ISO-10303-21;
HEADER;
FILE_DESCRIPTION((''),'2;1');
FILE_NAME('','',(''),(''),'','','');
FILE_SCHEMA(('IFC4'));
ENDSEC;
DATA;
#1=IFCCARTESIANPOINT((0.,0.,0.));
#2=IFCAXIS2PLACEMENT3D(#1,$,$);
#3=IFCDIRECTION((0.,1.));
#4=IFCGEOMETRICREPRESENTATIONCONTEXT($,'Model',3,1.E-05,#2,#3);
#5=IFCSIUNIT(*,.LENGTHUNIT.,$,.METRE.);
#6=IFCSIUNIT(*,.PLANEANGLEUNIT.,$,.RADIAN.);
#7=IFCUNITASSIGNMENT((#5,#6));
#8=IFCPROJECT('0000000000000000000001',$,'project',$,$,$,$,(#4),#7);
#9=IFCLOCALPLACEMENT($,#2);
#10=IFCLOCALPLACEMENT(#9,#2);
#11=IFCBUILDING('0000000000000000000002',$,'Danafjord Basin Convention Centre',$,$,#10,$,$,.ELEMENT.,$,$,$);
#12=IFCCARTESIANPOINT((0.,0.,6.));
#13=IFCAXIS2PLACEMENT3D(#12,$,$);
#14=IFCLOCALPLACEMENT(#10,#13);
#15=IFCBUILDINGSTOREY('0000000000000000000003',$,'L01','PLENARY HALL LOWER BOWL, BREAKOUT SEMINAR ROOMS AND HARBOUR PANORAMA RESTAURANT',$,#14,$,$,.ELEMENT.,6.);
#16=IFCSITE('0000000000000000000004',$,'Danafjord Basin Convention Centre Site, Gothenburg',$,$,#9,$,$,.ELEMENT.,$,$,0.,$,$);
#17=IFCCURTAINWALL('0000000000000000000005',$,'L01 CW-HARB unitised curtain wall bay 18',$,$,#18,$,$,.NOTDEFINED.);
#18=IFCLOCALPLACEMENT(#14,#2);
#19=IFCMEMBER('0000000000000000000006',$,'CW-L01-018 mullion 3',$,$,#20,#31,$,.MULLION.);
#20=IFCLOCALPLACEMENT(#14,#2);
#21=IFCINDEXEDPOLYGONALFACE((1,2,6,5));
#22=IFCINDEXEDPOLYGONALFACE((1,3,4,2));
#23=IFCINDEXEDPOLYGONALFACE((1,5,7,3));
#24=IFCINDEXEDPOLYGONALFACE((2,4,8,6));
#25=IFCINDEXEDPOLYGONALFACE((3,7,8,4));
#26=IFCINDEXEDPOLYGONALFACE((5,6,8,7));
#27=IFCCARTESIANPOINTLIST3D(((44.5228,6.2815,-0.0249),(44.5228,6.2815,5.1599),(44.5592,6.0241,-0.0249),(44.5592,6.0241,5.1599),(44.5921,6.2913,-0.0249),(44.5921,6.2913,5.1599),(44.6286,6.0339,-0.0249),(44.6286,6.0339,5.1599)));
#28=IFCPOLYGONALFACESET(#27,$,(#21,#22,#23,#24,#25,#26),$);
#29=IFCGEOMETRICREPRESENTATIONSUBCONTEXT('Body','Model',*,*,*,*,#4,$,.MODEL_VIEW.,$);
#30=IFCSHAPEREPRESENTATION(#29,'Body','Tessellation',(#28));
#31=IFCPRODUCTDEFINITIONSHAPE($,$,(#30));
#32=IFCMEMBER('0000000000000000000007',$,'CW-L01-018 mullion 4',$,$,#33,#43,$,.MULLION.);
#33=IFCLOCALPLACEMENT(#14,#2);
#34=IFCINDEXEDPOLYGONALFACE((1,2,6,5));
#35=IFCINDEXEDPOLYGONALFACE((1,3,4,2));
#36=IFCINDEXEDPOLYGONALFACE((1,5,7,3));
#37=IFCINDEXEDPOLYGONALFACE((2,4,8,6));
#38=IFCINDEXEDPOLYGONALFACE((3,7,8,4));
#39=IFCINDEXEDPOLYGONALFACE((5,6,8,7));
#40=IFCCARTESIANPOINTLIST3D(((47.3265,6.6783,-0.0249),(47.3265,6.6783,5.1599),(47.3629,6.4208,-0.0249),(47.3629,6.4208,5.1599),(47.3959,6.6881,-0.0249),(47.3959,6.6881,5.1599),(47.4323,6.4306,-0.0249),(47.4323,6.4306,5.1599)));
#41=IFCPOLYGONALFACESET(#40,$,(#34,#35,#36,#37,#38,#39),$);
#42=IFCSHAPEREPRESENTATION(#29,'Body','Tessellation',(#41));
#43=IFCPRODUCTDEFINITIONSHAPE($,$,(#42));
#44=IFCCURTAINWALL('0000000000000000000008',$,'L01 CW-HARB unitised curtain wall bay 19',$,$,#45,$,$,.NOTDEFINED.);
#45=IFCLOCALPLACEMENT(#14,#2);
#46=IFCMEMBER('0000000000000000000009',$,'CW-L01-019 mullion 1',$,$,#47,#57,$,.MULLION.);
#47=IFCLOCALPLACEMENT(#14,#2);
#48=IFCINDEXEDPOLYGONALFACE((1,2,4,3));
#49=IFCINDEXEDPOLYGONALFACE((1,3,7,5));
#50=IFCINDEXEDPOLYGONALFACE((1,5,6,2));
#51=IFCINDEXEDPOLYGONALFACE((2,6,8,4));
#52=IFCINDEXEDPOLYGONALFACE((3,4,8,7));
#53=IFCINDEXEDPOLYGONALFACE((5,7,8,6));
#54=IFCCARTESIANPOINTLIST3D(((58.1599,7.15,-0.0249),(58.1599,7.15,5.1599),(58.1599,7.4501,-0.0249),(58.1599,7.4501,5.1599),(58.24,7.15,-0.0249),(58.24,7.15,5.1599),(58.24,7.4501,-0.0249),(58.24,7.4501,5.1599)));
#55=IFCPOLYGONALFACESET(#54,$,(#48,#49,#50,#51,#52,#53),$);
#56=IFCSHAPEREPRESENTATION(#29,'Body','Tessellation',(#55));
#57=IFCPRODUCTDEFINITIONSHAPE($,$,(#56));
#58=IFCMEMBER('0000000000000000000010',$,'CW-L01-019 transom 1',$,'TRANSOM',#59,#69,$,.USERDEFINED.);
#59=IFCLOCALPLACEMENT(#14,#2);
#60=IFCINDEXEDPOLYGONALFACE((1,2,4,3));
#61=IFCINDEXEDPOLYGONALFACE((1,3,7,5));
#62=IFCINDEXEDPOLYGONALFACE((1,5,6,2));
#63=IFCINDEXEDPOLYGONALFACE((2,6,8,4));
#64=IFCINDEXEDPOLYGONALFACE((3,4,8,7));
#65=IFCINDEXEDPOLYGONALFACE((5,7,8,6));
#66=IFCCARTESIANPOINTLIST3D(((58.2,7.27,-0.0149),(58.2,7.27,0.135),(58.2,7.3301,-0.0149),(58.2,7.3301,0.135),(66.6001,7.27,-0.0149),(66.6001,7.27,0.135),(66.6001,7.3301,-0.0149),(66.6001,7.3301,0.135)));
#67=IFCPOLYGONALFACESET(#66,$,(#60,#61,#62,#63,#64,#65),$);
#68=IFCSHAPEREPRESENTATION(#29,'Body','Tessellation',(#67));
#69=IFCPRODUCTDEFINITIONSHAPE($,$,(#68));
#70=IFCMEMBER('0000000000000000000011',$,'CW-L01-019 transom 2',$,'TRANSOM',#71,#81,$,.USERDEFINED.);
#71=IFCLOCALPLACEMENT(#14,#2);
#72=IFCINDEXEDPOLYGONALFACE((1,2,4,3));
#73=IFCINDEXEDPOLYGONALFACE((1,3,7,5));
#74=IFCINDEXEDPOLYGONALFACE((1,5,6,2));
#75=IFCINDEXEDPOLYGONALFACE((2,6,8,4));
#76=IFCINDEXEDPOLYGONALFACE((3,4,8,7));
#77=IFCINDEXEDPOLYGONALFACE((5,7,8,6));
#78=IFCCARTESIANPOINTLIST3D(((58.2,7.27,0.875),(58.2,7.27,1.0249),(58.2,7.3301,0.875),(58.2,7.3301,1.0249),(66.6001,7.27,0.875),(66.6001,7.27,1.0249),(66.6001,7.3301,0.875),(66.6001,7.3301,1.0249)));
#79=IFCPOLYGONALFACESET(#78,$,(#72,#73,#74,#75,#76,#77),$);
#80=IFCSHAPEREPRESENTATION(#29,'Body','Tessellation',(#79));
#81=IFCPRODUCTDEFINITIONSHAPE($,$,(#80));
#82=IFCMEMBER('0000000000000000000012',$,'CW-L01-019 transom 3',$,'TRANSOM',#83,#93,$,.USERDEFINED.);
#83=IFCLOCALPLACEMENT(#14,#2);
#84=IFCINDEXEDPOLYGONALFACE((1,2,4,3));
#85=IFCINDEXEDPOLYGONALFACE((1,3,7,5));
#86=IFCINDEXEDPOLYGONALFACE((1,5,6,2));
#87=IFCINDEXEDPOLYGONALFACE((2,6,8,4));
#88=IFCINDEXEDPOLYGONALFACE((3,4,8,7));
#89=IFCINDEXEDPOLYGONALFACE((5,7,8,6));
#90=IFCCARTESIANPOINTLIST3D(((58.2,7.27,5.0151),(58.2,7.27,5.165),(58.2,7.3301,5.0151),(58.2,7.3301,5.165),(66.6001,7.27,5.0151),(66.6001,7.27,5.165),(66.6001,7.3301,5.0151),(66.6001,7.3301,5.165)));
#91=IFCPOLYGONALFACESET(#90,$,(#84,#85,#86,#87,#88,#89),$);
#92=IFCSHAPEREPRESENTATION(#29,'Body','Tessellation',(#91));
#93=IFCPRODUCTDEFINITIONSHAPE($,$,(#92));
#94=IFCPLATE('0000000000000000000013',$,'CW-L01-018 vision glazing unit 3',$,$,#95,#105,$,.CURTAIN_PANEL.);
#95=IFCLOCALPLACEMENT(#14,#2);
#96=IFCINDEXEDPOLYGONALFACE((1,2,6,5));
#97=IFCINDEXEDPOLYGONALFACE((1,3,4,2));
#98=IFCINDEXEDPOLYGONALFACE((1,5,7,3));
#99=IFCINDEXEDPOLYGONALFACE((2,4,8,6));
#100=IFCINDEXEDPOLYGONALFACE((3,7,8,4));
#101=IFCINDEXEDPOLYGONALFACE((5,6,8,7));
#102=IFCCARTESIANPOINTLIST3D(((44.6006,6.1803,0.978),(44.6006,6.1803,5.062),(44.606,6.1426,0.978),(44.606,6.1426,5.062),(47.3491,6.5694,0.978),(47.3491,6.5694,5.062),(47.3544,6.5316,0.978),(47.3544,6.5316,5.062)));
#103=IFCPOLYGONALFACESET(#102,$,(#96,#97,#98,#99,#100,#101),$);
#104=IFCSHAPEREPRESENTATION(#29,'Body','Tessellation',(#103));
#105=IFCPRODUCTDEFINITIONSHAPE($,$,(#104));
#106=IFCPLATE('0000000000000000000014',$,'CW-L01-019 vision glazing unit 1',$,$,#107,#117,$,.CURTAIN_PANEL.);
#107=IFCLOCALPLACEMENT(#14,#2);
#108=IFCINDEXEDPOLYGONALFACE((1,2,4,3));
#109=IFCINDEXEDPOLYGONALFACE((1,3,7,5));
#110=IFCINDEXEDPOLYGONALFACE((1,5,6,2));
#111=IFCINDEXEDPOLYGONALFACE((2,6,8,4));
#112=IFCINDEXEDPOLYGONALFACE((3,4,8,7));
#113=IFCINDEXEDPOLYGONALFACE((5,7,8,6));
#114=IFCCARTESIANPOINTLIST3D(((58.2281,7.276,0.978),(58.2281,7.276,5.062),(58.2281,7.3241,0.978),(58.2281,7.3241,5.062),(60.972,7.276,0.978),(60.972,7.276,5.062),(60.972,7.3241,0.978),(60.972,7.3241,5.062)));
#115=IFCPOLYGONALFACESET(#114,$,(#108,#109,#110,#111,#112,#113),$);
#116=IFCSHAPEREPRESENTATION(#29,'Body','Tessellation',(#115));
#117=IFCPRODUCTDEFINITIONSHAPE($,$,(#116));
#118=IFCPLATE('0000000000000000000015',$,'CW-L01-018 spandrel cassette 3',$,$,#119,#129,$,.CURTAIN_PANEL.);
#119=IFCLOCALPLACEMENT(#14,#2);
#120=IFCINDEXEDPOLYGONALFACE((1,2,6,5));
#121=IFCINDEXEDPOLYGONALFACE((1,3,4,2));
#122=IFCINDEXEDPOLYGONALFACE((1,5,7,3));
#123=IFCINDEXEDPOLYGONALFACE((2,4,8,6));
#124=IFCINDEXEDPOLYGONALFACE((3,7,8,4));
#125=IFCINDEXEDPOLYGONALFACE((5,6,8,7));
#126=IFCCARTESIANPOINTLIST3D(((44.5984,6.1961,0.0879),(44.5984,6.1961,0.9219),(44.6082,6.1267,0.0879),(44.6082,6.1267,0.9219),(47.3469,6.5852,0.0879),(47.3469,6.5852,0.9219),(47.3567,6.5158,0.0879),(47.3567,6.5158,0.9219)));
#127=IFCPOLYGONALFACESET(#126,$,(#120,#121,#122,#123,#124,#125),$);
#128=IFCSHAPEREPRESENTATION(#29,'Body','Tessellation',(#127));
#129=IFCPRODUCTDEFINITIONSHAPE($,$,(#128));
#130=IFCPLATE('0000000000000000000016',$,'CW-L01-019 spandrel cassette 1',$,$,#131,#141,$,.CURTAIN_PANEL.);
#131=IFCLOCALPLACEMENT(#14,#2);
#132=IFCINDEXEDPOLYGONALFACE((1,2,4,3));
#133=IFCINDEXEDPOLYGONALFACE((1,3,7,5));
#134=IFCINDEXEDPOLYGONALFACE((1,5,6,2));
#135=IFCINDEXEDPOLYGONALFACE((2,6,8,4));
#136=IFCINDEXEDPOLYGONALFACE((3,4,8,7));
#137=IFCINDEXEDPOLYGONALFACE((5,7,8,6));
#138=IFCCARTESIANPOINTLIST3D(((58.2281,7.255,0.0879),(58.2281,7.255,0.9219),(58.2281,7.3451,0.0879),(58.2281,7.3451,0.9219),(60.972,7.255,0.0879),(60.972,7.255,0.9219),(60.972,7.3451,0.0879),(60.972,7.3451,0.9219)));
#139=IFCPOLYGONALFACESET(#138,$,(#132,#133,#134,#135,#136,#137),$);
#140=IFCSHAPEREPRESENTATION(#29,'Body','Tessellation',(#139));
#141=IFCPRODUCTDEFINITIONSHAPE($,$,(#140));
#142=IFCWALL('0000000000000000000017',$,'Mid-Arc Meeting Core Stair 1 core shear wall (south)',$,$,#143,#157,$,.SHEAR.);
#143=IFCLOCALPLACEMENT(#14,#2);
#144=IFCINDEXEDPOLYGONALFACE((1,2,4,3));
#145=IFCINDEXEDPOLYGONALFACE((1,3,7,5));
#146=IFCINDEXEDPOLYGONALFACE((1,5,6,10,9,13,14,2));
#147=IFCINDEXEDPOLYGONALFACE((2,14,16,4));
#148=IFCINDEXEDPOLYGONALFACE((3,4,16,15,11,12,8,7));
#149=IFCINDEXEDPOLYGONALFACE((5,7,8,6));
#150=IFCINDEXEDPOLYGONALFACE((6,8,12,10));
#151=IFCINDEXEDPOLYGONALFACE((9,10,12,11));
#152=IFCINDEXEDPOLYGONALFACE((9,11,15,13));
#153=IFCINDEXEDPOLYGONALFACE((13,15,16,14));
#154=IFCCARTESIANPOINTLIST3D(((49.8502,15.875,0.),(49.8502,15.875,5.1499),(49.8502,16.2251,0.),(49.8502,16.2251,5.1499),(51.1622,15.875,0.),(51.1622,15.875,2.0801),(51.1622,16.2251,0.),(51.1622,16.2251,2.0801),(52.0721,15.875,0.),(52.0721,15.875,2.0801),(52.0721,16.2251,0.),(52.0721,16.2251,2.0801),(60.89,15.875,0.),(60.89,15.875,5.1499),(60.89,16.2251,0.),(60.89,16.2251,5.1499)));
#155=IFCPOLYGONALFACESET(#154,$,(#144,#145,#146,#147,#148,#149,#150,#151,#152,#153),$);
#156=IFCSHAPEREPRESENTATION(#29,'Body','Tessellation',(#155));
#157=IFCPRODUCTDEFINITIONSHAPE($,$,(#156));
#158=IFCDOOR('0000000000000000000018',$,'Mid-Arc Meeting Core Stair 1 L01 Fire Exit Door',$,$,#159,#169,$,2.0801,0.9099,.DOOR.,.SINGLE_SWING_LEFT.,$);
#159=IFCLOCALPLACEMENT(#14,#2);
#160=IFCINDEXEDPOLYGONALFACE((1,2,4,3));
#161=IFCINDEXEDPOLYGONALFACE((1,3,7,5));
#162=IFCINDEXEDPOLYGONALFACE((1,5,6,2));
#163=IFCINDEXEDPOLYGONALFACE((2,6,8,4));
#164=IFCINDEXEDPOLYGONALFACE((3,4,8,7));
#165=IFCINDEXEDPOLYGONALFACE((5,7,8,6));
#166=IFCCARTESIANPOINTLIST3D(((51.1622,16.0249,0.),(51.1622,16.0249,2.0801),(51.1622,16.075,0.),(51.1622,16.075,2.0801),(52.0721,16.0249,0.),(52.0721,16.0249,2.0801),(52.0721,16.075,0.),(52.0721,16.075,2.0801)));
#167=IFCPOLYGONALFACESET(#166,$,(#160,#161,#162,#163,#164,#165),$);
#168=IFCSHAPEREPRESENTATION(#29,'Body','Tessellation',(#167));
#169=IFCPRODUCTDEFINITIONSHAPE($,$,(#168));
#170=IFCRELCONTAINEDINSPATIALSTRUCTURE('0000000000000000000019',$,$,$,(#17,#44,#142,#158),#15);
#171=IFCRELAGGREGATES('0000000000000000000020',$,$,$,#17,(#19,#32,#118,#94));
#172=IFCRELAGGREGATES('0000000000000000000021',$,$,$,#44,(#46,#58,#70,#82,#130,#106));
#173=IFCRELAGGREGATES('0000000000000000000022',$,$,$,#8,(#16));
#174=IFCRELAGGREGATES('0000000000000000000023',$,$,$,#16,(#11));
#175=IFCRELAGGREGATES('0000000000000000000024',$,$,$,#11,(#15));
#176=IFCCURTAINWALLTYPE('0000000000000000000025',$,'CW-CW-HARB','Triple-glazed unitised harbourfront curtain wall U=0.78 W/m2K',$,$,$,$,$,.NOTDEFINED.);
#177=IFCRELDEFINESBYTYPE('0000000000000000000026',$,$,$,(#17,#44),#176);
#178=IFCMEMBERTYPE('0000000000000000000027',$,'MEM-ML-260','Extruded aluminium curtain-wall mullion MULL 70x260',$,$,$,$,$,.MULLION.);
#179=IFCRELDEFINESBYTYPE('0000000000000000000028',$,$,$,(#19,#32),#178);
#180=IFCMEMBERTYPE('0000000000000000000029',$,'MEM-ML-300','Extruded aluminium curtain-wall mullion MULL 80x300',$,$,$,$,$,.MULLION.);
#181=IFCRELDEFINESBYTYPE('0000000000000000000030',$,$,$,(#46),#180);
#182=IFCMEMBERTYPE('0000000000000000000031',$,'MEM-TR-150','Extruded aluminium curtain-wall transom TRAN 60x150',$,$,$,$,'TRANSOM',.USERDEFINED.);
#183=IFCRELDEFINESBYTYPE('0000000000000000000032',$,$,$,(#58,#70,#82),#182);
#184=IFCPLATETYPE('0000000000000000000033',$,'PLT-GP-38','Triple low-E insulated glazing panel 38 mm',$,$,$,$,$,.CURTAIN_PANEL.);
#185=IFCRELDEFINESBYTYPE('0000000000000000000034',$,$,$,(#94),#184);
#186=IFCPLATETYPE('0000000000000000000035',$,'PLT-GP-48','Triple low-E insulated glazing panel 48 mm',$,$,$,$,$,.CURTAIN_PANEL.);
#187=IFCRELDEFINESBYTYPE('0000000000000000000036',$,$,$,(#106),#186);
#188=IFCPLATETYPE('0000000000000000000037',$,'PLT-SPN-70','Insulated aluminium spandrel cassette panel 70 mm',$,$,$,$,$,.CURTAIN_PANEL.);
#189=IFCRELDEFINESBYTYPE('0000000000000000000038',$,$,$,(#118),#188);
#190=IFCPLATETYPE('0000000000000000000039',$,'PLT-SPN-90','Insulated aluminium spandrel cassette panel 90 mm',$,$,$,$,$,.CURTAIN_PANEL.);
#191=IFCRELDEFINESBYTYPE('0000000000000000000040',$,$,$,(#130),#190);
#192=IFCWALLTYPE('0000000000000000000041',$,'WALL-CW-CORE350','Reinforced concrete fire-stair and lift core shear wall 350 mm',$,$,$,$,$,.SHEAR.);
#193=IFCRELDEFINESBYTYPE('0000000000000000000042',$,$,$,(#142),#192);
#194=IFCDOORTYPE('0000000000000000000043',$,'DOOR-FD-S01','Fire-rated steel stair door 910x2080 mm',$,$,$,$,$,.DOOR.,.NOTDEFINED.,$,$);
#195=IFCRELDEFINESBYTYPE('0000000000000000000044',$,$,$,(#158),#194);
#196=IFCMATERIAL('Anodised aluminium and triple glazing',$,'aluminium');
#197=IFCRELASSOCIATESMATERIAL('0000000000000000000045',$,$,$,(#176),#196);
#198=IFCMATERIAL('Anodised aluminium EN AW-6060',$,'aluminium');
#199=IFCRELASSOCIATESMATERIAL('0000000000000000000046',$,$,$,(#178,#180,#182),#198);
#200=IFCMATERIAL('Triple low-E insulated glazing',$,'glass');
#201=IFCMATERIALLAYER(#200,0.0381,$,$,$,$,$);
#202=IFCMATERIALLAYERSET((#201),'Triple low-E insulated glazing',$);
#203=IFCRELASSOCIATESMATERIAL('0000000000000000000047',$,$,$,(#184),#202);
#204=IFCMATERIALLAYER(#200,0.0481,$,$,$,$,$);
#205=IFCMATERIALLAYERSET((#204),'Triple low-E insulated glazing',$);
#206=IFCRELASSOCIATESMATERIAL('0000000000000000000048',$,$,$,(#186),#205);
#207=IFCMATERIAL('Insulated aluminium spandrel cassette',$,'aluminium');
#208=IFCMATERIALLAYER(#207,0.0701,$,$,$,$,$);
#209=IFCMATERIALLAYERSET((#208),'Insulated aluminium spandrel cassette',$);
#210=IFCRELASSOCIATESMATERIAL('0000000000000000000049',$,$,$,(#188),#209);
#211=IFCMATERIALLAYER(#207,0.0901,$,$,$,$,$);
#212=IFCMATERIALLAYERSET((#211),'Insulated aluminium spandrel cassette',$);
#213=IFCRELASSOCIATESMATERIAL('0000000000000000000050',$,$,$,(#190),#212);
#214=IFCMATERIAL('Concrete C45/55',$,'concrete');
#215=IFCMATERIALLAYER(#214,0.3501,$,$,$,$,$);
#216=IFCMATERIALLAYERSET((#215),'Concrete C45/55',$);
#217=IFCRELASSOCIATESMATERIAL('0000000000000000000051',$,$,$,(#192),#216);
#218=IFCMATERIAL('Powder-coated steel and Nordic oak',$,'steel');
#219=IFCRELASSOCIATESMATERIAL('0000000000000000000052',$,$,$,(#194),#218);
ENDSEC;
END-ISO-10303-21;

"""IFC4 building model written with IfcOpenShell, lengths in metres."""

from ifc_helpers import new_model, si_unit, direction, frame, frame_2d, origin, origin_2d, place, context, subcontext, project, spatial, rectangle, extrude, material, layer, layer_set, material_profile, profile_set, type_object, element, fill, aggregate, save


model = new_model("IFC4")

# Units and contexts
model_context = context("Model", 3, precision=1e-05, world=origin(), true_north=direction((0.0, 1.0)))
body_context = subcontext(model_context, "Body", "Model", "MODEL_VIEW")
ifc_project = project(units=[si_unit("LENGTHUNIT", "METRE"), si_unit("PLANEANGLEUNIT", "RADIAN")], contexts=[model_context])

# Site, building, storey
site_placement = place(None, origin())
site = spatial("IfcSite", under=ifc_project, at=site_placement, Name="Danafjord Basin Convention Centre Site, Gothenburg", CompositionType="ELEMENT", RefElevation=0.0)
building_placement = place(site_placement, origin())
building = spatial("IfcBuilding", under=site, at=building_placement, Name="Danafjord Basin Convention Centre", CompositionType="ELEMENT")
storey_placement = place(building_placement, frame((0.0, 0.0, 6.0)))
storey = spatial("IfcBuildingStorey", under=building, at=storey_placement, Name="L01", Description="PLENARY HALL LOWER BOWL, BREAKOUT SEMINAR ROOMS AND HARBOUR PANORAMA RESTAURANT", CompositionType="ELEMENT", Elevation=6.0)

# Curtain walls, members
ifc_material_1 = material(Name="Anodised aluminium and triple glazing", Category="aluminium")
curtain_wall_type = type_object("IfcCurtainWallType", Name="CW-CW-HARB", Description="Triple-glazed unitised harbourfront curtain wall U=0.78 W/m2K", PredefinedType="NOTDEFINED", material=ifc_material_1)
curtain_wall_1_placement = place(storey_placement, origin())
curtain_wall_1 = element("IfcCurtainWall", 1, at=curtain_wall_1_placement, inside=storey, type_object=curtain_wall_type, Name="L01 CW-HARB unitised curtain wall bay 18", PredefinedType="NOTDEFINED")
ifc_material_2 = material(Name="Anodised aluminium EN AW-6060", Category="aluminium")
ifc_material_profile_1 = material_profile(ifc_material_2, rectangle(XDim=0.0701, YDim=0.26, at=origin_2d()), Name="MULL 70x260")
ifc_profile_set_1 = profile_set([ifc_material_profile_1], Name="Anodised aluminium EN AW-6060")
member_type_1 = type_object("IfcMemberType", Name="MEM-ML-260", Description="Extruded aluminium curtain-wall mullion MULL 70x260", PredefinedType="MULLION", material=ifc_profile_set_1)
member_1_placement = place(storey_placement, frame((44.5757, 6.1577, -0.0249), z_axis=(0.0, 0.0, 1.0), x_axis=(0.990128, 0.140165, 0.0)))
member_1 = element("IfcMember", 2, at=member_1_placement, type_object=member_type_1, Name="CW-L01-018 mullion 3", PredefinedType="MULLION", context=body_context, shape_type="SweptSolid", body=[
    extrude(rectangle(XDim=0.0701, YDim=0.26, at=origin_2d()), origin(), (0.0, 0.0, 1.0), 5.1848),
])
member_2_placement = place(storey_placement, frame((47.3794, 6.5544, -0.0249), z_axis=(0.0, 0.0, 1.0), x_axis=(0.990128, 0.140165, 0.0)))
member_2 = element("IfcMember", 3, at=member_2_placement, type_object=member_type_1, Name="CW-L01-018 mullion 4", PredefinedType="MULLION", context=body_context, shape_type="SweptSolid", body=[
    extrude(rectangle(XDim=0.0701, YDim=0.26, at=origin_2d()), origin(), (0.0, 0.0, 1.0), 5.1848),
])
curtain_wall_2_placement = place(storey_placement, origin())
curtain_wall_2 = element("IfcCurtainWall", 4, at=curtain_wall_2_placement, inside=storey, type_object=curtain_wall_type, Name="L01 CW-HARB unitised curtain wall bay 19", PredefinedType="NOTDEFINED")
ifc_material_profile_2 = material_profile(ifc_material_2, rectangle(XDim=0.0801, YDim=0.3, at=origin_2d()), Name="MULL 80x300")
ifc_profile_set_2 = profile_set([ifc_material_profile_2], Name="Anodised aluminium EN AW-6060")
member_type_2 = type_object("IfcMemberType", Name="MEM-ML-300", Description="Extruded aluminium curtain-wall mullion MULL 80x300", PredefinedType="MULLION", material=ifc_profile_set_2)
member_3_placement = place(storey_placement, frame((58.2, 7.3, -0.0249), z_axis=(0.0, 0.0, 1.0), x_axis=(1.0, 0.0, 0.0)))
member_3 = element("IfcMember", 5, at=member_3_placement, type_object=member_type_2, Name="CW-L01-019 mullion 1", PredefinedType="MULLION", context=body_context, shape_type="SweptSolid", body=[
    extrude(rectangle(XDim=0.0801, YDim=0.3, at=origin_2d()), origin(), (0.0, 0.0, 1.0), 5.1848),
])
ifc_material_profile_3 = material_profile(ifc_material_2, rectangle(XDim=0.0601, YDim=0.1499, at=origin_2d()), Name="TRAN 60x150")
ifc_profile_set_3 = profile_set([ifc_material_profile_3], Name="Anodised aluminium EN AW-6060")
member_type_3 = type_object("IfcMemberType", Name="MEM-TR-150", Description="Extruded aluminium curtain-wall transom TRAN 60x150", ElementType="TRANSOM", PredefinedType="USERDEFINED", material=ifc_profile_set_3)
member_4_placement = place(storey_placement, frame((58.2, 7.3, 0.0601), z_axis=(1.0, 0.0, 0.0), x_axis=(0.0, 1.0, 0.0)))
member_4 = element("IfcMember", 6, at=member_4_placement, type_object=member_type_3, Name="CW-L01-019 transom 1", ObjectType="TRANSOM", PredefinedType="USERDEFINED", context=body_context, shape_type="SweptSolid", body=[
    extrude(rectangle(XDim=0.0601, YDim=0.1499, at=origin_2d()), origin(), (0.0, 0.0, 1.0), 8.4001),
])
member_5_placement = place(storey_placement, frame((58.2, 7.3, 0.95), z_axis=(1.0, 0.0, 0.0), x_axis=(0.0, 1.0, 0.0)))
member_5 = element("IfcMember", 7, at=member_5_placement, type_object=member_type_3, Name="CW-L01-019 transom 2", ObjectType="TRANSOM", PredefinedType="USERDEFINED", context=body_context, shape_type="SweptSolid", body=[
    extrude(rectangle(XDim=0.0601, YDim=0.1499, at=origin_2d()), origin(), (0.0, 0.0, 1.0), 8.4001),
])
member_6_placement = place(storey_placement, frame((58.2, 7.3, 5.0901), z_axis=(1.0, 0.0, 0.0), x_axis=(0.0, 1.0, 0.0)))
member_6 = element("IfcMember", 8, at=member_6_placement, type_object=member_type_3, Name="CW-L01-019 transom 3", ObjectType="TRANSOM", PredefinedType="USERDEFINED", context=body_context, shape_type="SweptSolid", body=[
    extrude(rectangle(XDim=0.0601, YDim=0.1499, at=origin_2d()), origin(), (0.0, 0.0, 1.0), 8.4001),
])

# Plates
ifc_material_3 = material(Name="Triple low-E insulated glazing", Category="glass")
ifc_layer_1 = layer(ifc_material_3, 0.0381)
ifc_layer_set_1 = layer_set([ifc_layer_1], Name="Triple low-E insulated glazing")
plate_type_1 = type_object("IfcPlateType", Name="PLT-GP-38", Description="Triple low-E insulated glazing panel 38 mm", PredefinedType="CURTAIN_PANEL", material=ifc_layer_set_1)
plate_1_placement = place(storey_placement, frame((45.9775, 6.356, 0.978), z_axis=(0.0, 0.0, 1.0), x_axis=(0.990128, 0.140165, 0.0)))
plate_1 = element("IfcPlate", 9, at=plate_1_placement, type_object=plate_type_1, Name="CW-L01-018 vision glazing unit 3", PredefinedType="CURTAIN_PANEL", context=body_context, shape_type="SweptSolid", body=[
    extrude(rectangle(XDim=2.7759, YDim=0.0381, at=origin_2d()), origin(), (0.0, 0.0, 1.0), 4.084),
])
ifc_layer_2 = layer(ifc_material_3, 0.0481)
ifc_layer_set_2 = layer_set([ifc_layer_2], Name="Triple low-E insulated glazing")
plate_type_2 = type_object("IfcPlateType", Name="PLT-GP-48", Description="Triple low-E insulated glazing panel 48 mm", PredefinedType="CURTAIN_PANEL", material=ifc_layer_set_2)
plate_2_placement = place(storey_placement, frame((59.6001, 7.3, 0.978), z_axis=(0.0, 0.0, 1.0), x_axis=(1.0, 0.0, 0.0)))
plate_2 = element("IfcPlate", 10, at=plate_2_placement, type_object=plate_type_2, Name="CW-L01-019 vision glazing unit 1", PredefinedType="CURTAIN_PANEL", context=body_context, shape_type="SweptSolid", body=[
    extrude(rectangle(XDim=2.7439, YDim=0.0481, at=origin_2d()), origin(), (0.0, 0.0, 1.0), 4.084),
])
ifc_material_4 = material(Name="Insulated aluminium spandrel cassette", Category="aluminium")
ifc_layer_3 = layer(ifc_material_4, 0.0701)
ifc_layer_set_3 = layer_set([ifc_layer_3], Name="Insulated aluminium spandrel cassette")
plate_type_3 = type_object("IfcPlateType", Name="PLT-SPN-70", Description="Insulated aluminium spandrel cassette panel 70 mm", PredefinedType="CURTAIN_PANEL", material=ifc_layer_set_3)
plate_3_placement = place(storey_placement, frame((45.9775, 6.356, 0.0879), z_axis=(0.0, 0.0, 1.0), x_axis=(0.990128, 0.140165, 0.0)))
plate_3 = element("IfcPlate", 11, at=plate_3_placement, type_object=plate_type_3, Name="CW-L01-018 spandrel cassette 3", PredefinedType="CURTAIN_PANEL", context=body_context, shape_type="SweptSolid", body=[
    extrude(rectangle(XDim=2.7759, YDim=0.0701, at=origin_2d()), origin(), (0.0, 0.0, 1.0), 0.834),
])
aggregate(curtain_wall_1, [member_1, member_2, plate_3, plate_1])
ifc_layer_4 = layer(ifc_material_4, 0.0901)
ifc_layer_set_4 = layer_set([ifc_layer_4], Name="Insulated aluminium spandrel cassette")
plate_type_4 = type_object("IfcPlateType", Name="PLT-SPN-90", Description="Insulated aluminium spandrel cassette panel 90 mm", PredefinedType="CURTAIN_PANEL", material=ifc_layer_set_4)
plate_4_placement = place(storey_placement, frame((59.6001, 7.3, 0.0879), z_axis=(0.0, 0.0, 1.0), x_axis=(1.0, 0.0, 0.0)))
plate_4 = element("IfcPlate", 12, at=plate_4_placement, type_object=plate_type_4, Name="CW-L01-019 spandrel cassette 1", PredefinedType="CURTAIN_PANEL", context=body_context, shape_type="SweptSolid", body=[
    extrude(rectangle(XDim=2.7439, YDim=0.0901, at=origin_2d()), origin(), (0.0, 0.0, 1.0), 0.834),
])
aggregate(curtain_wall_2, [member_3, member_4, member_5, member_6, plate_4, plate_2])

# Wall, opening, door
ifc_material_5 = material(Name="Concrete C45/55", Category="concrete")
ifc_layer_5 = layer(ifc_material_5, 0.3501)
ifc_layer_set_5 = layer_set([ifc_layer_5], Name="Concrete C45/55")
wall_type_1 = type_object("IfcWallType", Name="WALL-CW-CORE350", Description="Reinforced concrete fire-stair and lift core shear wall 350 mm", PredefinedType="SHEAR", material=ifc_layer_set_5)
wall_1_placement = place(storey_placement, frame((49.8501, 16.05, 0.0), z_axis=(0.0, 0.0, 1.0), x_axis=(1.0, 0.0, 0.0)))
wall_1 = element("IfcWall", 13, at=wall_1_placement, inside=storey, type_object=wall_type_1, Name="Mid-Arc Meeting Core Stair 1 core shear wall (south)", PredefinedType="SHEAR", context=body_context, shape_type="SweptSolid", body=[
    extrude(rectangle(XDim=11.0398, YDim=0.3501, at=frame_2d((5.52, 0.0))), origin(), (0.0, 0.0, 1.0), 5.1499),
])
opening_1_placement = place(wall_1_placement, frame((1.312, 0.0, 0.0)))
opening_1 = element("IfcOpeningElement", 14, at=opening_1_placement, cuts=wall_1, PredefinedType="OPENING", context=body_context, shape_type="SweptSolid", body=[
    extrude(rectangle(XDim=0.9099, YDim=2.0801, at=frame_2d((0.4551, 1.04))), frame((0.0, 0.1851, 0.0), z_axis=(0.0, -1.0, 0.0), x_axis=(1.0, 0.0, 0.0)), (0.0, 0.0, 1.0), 0.3701),
])
ifc_material_6 = material(Name="Powder-coated steel and Nordic oak", Category="steel")
door_type = type_object("IfcDoorType", Name="DOOR-FD-S01", Description="Fire-rated steel stair door 910x2080 mm", OperationType="NOTDEFINED", PredefinedType="DOOR", material=ifc_material_6)
door_placement = place(opening_1_placement, origin())
door = element("IfcDoor", 15, at=door_placement, inside=storey, type_object=door_type, Name="Mid-Arc Meeting Core Stair 1 L01 Fire Exit Door", OperationType="SINGLE_SWING_LEFT", OverallHeight=2.0801, OverallWidth=0.9099, PredefinedType="DOOR", context=body_context, shape_type="SweptSolid", body=[
    extrude(rectangle(XDim=0.9099, YDim=2.0801, at=frame_2d((0.4551, 1.04))), frame((0.0, 0.0249, 0.0), z_axis=(0.0, -1.0, 0.0), x_axis=(1.0, 0.0, 0.0)), (0.0, 0.0, 1.0), 0.05),
])
fill(opening_1, door)

save(model, "model.ifc")
